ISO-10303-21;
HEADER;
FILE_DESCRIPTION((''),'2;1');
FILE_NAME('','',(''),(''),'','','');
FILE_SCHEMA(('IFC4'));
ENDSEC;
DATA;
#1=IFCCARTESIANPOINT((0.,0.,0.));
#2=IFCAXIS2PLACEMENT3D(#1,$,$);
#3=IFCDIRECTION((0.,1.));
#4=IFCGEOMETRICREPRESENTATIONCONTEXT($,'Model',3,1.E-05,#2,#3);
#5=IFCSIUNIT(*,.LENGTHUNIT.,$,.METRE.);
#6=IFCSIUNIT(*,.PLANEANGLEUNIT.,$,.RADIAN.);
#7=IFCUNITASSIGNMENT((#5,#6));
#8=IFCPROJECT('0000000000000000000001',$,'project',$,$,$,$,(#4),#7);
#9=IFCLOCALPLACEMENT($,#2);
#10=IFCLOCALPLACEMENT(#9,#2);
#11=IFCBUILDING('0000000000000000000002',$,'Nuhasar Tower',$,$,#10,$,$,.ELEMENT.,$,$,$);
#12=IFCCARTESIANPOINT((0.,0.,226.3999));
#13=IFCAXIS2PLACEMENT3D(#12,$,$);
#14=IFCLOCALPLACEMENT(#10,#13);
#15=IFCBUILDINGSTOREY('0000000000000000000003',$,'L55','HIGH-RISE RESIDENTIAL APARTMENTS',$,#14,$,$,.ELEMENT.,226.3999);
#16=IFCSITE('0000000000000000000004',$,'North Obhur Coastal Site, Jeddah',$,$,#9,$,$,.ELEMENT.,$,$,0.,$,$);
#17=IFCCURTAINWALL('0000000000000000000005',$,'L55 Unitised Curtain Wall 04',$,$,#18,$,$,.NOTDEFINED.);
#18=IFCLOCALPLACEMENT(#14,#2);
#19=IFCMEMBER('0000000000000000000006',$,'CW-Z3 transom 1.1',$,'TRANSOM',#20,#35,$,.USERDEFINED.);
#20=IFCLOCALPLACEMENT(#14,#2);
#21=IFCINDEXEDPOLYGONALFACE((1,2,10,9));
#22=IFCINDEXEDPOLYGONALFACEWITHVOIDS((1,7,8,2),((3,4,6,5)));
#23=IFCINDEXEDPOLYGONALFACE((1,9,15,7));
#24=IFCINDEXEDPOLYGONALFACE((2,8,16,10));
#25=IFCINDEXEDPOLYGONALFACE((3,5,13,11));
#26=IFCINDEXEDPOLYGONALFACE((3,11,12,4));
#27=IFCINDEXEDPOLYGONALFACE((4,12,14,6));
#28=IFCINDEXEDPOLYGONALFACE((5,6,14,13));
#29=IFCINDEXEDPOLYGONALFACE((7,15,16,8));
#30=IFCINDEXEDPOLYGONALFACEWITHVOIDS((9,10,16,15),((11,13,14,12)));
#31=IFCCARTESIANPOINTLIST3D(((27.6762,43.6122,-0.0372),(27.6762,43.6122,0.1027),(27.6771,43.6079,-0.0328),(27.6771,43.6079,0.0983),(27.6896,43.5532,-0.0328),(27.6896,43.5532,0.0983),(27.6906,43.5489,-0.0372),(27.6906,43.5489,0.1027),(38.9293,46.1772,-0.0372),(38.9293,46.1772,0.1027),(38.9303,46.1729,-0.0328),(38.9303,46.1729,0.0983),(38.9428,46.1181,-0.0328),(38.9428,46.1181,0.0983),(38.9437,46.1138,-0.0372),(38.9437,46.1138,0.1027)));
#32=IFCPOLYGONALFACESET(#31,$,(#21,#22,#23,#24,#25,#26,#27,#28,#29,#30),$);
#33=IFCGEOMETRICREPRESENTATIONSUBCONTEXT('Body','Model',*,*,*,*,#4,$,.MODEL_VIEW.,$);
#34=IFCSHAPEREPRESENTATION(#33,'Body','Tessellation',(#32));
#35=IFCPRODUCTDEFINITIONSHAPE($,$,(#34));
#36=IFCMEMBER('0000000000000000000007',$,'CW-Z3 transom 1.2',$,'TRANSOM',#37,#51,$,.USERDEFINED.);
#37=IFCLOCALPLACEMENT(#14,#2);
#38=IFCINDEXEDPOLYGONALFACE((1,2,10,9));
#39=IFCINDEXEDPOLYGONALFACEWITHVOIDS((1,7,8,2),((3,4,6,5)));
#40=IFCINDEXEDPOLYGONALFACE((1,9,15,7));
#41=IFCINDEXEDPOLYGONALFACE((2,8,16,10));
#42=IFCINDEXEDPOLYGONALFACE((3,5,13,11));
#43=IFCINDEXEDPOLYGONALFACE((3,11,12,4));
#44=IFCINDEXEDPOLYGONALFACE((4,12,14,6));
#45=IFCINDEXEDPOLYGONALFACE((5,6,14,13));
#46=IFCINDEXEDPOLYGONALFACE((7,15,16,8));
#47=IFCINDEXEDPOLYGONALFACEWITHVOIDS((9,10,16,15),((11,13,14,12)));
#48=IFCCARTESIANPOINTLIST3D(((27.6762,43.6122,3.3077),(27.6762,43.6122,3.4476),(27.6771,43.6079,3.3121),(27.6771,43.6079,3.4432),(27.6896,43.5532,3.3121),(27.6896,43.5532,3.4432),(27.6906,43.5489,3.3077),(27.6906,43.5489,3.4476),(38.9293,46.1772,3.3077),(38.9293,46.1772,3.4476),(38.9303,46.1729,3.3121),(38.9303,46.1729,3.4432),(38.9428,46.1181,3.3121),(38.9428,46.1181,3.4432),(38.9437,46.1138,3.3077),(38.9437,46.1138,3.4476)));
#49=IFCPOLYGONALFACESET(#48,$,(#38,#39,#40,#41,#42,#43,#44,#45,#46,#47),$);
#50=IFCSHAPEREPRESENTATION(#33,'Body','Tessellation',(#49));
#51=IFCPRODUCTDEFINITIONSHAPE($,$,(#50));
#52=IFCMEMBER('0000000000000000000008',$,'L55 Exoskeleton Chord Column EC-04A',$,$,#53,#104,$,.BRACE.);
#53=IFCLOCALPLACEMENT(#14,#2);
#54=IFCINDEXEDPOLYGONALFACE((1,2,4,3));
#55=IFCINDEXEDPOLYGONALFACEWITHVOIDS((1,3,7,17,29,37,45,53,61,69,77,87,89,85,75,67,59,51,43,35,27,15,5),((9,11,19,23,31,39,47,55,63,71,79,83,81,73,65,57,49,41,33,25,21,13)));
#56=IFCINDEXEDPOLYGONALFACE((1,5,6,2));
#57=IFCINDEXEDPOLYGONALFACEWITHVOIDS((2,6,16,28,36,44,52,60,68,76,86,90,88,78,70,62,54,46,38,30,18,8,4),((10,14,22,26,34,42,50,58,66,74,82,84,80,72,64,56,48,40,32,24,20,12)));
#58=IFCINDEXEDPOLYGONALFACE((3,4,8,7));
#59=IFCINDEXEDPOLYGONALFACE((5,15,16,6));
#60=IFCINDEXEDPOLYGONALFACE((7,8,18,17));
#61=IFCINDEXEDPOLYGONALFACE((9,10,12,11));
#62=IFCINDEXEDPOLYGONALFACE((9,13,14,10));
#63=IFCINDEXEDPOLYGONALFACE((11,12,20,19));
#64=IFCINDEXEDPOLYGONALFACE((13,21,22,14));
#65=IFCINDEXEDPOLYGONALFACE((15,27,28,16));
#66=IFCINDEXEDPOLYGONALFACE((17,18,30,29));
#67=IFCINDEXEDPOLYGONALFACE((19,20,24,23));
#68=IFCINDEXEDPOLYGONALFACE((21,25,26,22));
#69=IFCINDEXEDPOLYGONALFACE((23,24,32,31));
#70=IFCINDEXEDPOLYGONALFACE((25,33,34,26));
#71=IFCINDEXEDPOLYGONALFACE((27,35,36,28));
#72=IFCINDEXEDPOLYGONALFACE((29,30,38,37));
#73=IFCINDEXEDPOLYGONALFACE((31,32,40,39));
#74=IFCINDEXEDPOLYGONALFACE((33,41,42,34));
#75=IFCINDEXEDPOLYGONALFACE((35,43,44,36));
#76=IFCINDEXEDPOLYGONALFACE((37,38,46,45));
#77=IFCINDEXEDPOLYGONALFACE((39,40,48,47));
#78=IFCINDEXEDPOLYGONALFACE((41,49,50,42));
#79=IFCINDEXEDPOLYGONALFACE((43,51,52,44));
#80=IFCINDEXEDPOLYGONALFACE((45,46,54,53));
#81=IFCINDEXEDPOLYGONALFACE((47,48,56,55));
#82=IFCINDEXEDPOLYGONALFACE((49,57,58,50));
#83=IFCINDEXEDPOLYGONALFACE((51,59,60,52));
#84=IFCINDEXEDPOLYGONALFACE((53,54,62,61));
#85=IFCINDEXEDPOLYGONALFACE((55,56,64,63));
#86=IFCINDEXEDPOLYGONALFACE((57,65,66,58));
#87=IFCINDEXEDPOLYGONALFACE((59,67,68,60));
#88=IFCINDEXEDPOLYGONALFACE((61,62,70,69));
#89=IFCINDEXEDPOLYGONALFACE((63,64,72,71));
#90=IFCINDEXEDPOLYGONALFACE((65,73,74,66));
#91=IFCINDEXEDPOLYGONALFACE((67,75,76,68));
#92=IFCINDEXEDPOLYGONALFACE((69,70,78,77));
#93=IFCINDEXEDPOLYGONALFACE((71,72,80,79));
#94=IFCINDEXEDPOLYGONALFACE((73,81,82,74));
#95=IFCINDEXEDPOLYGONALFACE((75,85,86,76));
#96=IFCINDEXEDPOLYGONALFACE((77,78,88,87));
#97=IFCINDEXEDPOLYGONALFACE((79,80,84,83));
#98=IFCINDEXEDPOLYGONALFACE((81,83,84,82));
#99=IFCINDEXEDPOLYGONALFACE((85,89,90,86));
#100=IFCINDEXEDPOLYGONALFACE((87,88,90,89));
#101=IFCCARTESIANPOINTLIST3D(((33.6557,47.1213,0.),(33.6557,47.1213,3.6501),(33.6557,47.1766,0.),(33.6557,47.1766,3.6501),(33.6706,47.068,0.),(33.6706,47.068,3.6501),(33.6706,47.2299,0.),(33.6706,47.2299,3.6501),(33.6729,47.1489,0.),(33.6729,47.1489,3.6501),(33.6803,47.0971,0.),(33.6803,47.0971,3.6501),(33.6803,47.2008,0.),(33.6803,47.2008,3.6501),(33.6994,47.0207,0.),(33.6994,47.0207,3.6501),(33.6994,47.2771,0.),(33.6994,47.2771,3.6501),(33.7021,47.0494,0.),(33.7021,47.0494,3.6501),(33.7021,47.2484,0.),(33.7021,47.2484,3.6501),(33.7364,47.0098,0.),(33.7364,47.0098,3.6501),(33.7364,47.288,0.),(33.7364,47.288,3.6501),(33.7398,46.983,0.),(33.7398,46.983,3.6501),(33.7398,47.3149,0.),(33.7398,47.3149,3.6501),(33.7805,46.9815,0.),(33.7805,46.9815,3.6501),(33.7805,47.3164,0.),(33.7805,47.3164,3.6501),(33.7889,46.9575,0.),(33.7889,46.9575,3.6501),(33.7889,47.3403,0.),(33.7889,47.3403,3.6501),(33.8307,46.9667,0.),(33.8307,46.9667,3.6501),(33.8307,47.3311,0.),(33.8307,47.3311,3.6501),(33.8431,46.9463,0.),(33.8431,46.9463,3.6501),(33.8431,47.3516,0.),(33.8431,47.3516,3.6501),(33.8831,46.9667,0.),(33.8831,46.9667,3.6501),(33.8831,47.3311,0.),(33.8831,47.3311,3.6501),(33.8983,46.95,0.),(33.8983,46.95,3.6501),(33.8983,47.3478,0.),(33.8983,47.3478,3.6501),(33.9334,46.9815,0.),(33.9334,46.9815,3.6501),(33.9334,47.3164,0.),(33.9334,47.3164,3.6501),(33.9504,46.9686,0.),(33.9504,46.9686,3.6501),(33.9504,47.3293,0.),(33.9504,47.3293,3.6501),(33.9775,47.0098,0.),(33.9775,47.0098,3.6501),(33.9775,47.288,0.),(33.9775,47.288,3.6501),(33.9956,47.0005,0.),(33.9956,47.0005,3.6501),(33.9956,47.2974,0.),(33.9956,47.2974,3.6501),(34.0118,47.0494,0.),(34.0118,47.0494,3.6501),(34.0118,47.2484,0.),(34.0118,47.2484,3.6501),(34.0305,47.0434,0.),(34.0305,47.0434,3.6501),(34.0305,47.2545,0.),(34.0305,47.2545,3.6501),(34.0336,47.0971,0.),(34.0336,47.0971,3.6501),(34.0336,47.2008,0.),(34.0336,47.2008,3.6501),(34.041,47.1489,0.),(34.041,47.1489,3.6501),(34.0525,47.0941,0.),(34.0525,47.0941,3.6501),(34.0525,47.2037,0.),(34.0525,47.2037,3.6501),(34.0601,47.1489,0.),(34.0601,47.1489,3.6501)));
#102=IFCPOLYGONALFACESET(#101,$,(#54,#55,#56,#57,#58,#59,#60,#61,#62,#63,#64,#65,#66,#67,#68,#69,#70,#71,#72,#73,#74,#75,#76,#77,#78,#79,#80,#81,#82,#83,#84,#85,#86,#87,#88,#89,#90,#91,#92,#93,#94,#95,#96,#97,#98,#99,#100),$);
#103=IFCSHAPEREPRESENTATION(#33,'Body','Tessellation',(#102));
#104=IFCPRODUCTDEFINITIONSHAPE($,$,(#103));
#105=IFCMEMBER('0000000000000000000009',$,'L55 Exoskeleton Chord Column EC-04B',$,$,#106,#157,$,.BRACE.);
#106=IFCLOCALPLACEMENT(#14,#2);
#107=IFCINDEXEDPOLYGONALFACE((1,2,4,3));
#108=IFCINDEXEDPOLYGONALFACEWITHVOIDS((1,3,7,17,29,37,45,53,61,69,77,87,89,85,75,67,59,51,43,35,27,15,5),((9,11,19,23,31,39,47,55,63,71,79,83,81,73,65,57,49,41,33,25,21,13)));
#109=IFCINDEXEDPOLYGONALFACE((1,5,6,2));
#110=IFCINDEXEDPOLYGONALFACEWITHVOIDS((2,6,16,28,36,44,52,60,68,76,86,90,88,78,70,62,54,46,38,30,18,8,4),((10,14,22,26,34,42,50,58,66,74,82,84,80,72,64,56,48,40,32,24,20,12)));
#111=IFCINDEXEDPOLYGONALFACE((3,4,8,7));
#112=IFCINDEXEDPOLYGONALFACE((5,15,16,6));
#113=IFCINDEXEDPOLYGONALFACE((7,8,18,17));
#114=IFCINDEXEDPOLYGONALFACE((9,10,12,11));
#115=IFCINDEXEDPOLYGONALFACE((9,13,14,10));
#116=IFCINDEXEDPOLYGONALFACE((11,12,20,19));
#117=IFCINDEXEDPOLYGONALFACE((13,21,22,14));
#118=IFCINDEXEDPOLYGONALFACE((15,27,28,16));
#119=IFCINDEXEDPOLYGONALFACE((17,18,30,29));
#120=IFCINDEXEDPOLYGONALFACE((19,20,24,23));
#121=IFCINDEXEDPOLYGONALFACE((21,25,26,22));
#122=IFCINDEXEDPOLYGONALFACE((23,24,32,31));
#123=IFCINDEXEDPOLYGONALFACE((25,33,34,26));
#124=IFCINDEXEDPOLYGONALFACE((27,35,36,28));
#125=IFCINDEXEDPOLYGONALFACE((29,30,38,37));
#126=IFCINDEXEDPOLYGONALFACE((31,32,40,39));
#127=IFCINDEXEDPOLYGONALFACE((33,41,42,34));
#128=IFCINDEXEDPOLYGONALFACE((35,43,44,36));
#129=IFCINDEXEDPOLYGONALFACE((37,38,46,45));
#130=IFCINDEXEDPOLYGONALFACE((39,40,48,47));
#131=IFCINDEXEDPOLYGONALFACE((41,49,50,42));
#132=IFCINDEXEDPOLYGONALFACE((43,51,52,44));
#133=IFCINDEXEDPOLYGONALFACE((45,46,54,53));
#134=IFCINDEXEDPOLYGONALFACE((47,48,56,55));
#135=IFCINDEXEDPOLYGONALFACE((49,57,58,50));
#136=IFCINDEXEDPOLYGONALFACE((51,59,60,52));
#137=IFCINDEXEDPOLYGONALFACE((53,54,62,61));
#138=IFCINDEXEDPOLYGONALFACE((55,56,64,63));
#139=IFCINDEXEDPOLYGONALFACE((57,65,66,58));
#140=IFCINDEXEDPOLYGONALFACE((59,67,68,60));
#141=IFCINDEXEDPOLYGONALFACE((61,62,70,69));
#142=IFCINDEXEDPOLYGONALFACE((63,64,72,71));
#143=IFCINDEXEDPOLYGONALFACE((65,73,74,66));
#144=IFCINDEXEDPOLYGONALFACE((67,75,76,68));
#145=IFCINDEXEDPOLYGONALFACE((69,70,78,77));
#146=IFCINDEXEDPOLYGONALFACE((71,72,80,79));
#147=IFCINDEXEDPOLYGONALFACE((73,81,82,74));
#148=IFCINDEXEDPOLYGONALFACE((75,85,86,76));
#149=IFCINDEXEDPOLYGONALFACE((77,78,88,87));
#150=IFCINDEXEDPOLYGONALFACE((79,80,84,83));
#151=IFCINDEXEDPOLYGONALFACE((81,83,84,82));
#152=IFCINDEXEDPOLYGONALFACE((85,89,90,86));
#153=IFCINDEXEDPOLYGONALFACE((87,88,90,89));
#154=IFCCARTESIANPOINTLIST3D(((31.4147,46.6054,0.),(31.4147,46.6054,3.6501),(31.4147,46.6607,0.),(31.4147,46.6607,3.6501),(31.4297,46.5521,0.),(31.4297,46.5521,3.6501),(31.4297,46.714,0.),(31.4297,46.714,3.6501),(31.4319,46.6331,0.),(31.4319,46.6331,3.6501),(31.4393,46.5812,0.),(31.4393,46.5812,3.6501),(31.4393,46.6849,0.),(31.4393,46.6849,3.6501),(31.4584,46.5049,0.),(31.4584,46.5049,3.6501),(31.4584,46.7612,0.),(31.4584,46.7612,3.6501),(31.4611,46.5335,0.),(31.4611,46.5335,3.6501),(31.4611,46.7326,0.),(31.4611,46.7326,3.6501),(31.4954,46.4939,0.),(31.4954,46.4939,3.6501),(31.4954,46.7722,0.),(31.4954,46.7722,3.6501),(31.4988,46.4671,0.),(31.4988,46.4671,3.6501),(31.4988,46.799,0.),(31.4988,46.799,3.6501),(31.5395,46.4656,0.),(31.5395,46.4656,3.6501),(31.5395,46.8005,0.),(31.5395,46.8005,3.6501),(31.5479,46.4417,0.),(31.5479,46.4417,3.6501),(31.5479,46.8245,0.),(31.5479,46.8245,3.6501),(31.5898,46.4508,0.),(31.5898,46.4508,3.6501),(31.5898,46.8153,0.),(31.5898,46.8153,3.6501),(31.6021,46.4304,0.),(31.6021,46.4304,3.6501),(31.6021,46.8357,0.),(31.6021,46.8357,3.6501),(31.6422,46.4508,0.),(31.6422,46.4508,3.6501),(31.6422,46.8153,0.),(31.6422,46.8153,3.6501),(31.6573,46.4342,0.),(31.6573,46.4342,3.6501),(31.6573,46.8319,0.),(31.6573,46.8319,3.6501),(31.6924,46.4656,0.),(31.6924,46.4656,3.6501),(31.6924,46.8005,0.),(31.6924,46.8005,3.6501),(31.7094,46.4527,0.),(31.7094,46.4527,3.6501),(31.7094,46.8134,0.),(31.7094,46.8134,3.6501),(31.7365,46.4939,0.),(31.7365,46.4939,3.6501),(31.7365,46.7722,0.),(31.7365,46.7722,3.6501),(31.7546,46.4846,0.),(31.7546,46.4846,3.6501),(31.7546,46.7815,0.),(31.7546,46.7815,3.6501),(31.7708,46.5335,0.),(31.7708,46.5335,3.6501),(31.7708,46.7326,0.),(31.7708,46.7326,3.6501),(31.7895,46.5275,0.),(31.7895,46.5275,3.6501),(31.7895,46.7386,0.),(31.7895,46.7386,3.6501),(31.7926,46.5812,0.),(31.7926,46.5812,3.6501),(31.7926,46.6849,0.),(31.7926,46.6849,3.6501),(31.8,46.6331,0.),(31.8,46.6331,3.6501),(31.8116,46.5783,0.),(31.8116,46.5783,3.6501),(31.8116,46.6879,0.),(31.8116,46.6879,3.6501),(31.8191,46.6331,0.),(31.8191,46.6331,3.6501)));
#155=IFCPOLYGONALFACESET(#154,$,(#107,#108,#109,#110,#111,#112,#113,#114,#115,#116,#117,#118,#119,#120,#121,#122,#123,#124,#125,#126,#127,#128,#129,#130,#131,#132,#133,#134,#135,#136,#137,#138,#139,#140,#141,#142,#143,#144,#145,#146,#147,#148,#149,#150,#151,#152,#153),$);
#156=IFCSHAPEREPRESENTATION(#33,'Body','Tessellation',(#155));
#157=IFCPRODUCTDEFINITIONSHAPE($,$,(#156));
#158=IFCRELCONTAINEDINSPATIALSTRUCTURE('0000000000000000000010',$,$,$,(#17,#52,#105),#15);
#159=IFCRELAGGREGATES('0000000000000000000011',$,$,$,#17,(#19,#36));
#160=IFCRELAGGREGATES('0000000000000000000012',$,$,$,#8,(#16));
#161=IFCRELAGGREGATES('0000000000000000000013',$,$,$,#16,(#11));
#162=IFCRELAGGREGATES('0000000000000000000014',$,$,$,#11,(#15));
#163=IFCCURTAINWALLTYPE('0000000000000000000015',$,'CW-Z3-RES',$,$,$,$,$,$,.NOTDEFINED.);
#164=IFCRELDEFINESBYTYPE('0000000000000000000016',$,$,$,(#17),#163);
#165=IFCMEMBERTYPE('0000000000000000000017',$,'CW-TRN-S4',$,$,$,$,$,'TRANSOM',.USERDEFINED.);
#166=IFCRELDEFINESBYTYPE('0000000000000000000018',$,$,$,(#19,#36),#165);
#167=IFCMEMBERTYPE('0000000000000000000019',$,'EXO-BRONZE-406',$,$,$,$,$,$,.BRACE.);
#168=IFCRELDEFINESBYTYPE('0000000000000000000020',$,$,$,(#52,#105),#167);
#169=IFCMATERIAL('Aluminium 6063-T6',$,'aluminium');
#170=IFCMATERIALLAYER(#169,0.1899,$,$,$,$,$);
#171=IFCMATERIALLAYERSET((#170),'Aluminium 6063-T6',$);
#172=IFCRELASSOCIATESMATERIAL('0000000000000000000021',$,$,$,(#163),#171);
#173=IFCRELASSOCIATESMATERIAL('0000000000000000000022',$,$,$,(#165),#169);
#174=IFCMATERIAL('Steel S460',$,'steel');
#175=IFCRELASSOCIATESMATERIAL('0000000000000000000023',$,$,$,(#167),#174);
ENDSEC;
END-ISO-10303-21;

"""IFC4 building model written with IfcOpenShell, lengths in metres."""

from ifc_helpers import new_model, si_unit, direction, frame, origin, origin_2d, place, context, subcontext, project, spatial, hollow_rectangle, hollow_circle, extrude, material, layer, layer_set, material_profile, profile_set, type_object, element, aggregate, save


model = new_model("IFC4")

# Units and contexts
model_context = context("Model", 3, precision=1e-05, world=origin(), true_north=direction((0.0, 1.0)))
body_context = subcontext(model_context, "Body", "Model", "MODEL_VIEW")
ifc_project = project(units=[si_unit("LENGTHUNIT", "METRE"), si_unit("PLANEANGLEUNIT", "RADIAN")], contexts=[model_context])

# Site, building, storey
site_placement = place(None, origin())
site = spatial("IfcSite", under=ifc_project, at=site_placement, Name="North Obhur Coastal Site, Jeddah", CompositionType="ELEMENT", RefElevation=0.0)
building_placement = place(site_placement, origin())
building = spatial("IfcBuilding", under=site, at=building_placement, Name="Nuhasar Tower", CompositionType="ELEMENT")
storey_placement = place(building_placement, frame((0.0, 0.0, 226.3999)))
storey = spatial("IfcBuildingStorey", under=building, at=storey_placement, Name="L55", Description="HIGH-RISE RESIDENTIAL APARTMENTS", CompositionType="ELEMENT", Elevation=226.3999)

# Curtain wall, members
ifc_material_1 = material(Name="Aluminium 6063-T6", Category="aluminium")
ifc_layer_1 = layer(ifc_material_1, 0.1899)
ifc_layer_set_1 = layer_set([ifc_layer_1], Name="Aluminium 6063-T6")
curtain_wall_type = type_object("IfcCurtainWallType", Name="CW-Z3-RES", PredefinedType="NOTDEFINED", material=ifc_layer_set_1)
curtain_wall_placement = place(storey_placement, origin())
curtain_wall = element("IfcCurtainWall", 1, at=curtain_wall_placement, inside=storey, type_object=curtain_wall_type, Name="L55 Unitised Curtain Wall 04", PredefinedType="NOTDEFINED")
ifc_material_profile_1 = material_profile(ifc_material_1, hollow_rectangle(XDim=0.0649, YDim=0.1399, WallThickness=0.0044, at=origin_2d()), Name="CWT-4")
ifc_profile_set_1 = profile_set([ifc_material_profile_1], Name="Aluminium 6063-T6")
member_type_1 = type_object("IfcMemberType", Name="CW-TRN-S4", ElementType="TRANSOM", PredefinedType="USERDEFINED", material=ifc_profile_set_1)
member_1_placement = place(storey_placement, frame((38.9365, 46.1455, 0.0327), z_axis=(-0.974994, -0.222231, 0.0), x_axis=(0.222231, -0.974994, 0.0)))
member_1 = element("IfcMember", 2, at=member_1_placement, type_object=member_type_1, Name="CW-Z3 transom 1.1", ObjectType="TRANSOM", PredefinedType="USERDEFINED", context=body_context, shape_type="SweptSolid", body=[
    extrude(hollow_rectangle(XDim=0.0649, YDim=0.1399, WallThickness=0.0044, at=origin_2d()), origin(), (0.0, 0.0, 1.0), 11.5417),
])
member_2_placement = place(storey_placement, frame((38.9365, 46.1455, 3.3777), z_axis=(-0.974994, -0.222231, 0.0), x_axis=(0.222231, -0.974994, 0.0)))
member_2 = element("IfcMember", 3, at=member_2_placement, type_object=member_type_1, Name="CW-Z3 transom 1.2", ObjectType="TRANSOM", PredefinedType="USERDEFINED", context=body_context, shape_type="SweptSolid", body=[
    extrude(hollow_rectangle(XDim=0.0649, YDim=0.1399, WallThickness=0.0044, at=origin_2d()), origin(), (0.0, 0.0, 1.0), 11.5417),
])

# Members
ifc_material_2 = material(Name="Steel S460", Category="steel")
ifc_material_profile_2 = material_profile(ifc_material_2, hollow_circle(Radius=0.2031, WallThickness=0.019, at=origin_2d()), Name="HSS406.4X19.1")
ifc_profile_set_2 = profile_set([ifc_material_profile_2], Name="Steel S460")
member_type_2 = type_object("IfcMemberType", Name="EXO-BRONZE-406", PredefinedType="BRACE", material=ifc_profile_set_2)
for number, where, z_axis, x_axis, name in (
    (4, (33.8569, 47.1489, 0.0), (0.0, 0.0, 1.0), (1.0, 0.0, 0.0), "L55 Exoskeleton Chord Column EC-04A"),
    (5, (31.616, 46.6331, 0.0), (0.0, 0.0, 1.0), (1.0, 0.0, 0.0), "L55 Exoskeleton Chord Column EC-04B"),
):
    element("IfcMember", number, at=place(storey_placement, frame(where, z_axis=z_axis, x_axis=x_axis)), inside=storey, type_object=member_type_2, Name=name, PredefinedType="BRACE", context=body_context, shape_type="SweptSolid", body=[
        extrude(hollow_circle(Radius=0.2031, WallThickness=0.019, at=origin_2d()), origin(), (0.0, 0.0, 1.0), 3.6501),
    ])

aggregate(curtain_wall, [member_1, member_2])

save(model, "model.ifc")
